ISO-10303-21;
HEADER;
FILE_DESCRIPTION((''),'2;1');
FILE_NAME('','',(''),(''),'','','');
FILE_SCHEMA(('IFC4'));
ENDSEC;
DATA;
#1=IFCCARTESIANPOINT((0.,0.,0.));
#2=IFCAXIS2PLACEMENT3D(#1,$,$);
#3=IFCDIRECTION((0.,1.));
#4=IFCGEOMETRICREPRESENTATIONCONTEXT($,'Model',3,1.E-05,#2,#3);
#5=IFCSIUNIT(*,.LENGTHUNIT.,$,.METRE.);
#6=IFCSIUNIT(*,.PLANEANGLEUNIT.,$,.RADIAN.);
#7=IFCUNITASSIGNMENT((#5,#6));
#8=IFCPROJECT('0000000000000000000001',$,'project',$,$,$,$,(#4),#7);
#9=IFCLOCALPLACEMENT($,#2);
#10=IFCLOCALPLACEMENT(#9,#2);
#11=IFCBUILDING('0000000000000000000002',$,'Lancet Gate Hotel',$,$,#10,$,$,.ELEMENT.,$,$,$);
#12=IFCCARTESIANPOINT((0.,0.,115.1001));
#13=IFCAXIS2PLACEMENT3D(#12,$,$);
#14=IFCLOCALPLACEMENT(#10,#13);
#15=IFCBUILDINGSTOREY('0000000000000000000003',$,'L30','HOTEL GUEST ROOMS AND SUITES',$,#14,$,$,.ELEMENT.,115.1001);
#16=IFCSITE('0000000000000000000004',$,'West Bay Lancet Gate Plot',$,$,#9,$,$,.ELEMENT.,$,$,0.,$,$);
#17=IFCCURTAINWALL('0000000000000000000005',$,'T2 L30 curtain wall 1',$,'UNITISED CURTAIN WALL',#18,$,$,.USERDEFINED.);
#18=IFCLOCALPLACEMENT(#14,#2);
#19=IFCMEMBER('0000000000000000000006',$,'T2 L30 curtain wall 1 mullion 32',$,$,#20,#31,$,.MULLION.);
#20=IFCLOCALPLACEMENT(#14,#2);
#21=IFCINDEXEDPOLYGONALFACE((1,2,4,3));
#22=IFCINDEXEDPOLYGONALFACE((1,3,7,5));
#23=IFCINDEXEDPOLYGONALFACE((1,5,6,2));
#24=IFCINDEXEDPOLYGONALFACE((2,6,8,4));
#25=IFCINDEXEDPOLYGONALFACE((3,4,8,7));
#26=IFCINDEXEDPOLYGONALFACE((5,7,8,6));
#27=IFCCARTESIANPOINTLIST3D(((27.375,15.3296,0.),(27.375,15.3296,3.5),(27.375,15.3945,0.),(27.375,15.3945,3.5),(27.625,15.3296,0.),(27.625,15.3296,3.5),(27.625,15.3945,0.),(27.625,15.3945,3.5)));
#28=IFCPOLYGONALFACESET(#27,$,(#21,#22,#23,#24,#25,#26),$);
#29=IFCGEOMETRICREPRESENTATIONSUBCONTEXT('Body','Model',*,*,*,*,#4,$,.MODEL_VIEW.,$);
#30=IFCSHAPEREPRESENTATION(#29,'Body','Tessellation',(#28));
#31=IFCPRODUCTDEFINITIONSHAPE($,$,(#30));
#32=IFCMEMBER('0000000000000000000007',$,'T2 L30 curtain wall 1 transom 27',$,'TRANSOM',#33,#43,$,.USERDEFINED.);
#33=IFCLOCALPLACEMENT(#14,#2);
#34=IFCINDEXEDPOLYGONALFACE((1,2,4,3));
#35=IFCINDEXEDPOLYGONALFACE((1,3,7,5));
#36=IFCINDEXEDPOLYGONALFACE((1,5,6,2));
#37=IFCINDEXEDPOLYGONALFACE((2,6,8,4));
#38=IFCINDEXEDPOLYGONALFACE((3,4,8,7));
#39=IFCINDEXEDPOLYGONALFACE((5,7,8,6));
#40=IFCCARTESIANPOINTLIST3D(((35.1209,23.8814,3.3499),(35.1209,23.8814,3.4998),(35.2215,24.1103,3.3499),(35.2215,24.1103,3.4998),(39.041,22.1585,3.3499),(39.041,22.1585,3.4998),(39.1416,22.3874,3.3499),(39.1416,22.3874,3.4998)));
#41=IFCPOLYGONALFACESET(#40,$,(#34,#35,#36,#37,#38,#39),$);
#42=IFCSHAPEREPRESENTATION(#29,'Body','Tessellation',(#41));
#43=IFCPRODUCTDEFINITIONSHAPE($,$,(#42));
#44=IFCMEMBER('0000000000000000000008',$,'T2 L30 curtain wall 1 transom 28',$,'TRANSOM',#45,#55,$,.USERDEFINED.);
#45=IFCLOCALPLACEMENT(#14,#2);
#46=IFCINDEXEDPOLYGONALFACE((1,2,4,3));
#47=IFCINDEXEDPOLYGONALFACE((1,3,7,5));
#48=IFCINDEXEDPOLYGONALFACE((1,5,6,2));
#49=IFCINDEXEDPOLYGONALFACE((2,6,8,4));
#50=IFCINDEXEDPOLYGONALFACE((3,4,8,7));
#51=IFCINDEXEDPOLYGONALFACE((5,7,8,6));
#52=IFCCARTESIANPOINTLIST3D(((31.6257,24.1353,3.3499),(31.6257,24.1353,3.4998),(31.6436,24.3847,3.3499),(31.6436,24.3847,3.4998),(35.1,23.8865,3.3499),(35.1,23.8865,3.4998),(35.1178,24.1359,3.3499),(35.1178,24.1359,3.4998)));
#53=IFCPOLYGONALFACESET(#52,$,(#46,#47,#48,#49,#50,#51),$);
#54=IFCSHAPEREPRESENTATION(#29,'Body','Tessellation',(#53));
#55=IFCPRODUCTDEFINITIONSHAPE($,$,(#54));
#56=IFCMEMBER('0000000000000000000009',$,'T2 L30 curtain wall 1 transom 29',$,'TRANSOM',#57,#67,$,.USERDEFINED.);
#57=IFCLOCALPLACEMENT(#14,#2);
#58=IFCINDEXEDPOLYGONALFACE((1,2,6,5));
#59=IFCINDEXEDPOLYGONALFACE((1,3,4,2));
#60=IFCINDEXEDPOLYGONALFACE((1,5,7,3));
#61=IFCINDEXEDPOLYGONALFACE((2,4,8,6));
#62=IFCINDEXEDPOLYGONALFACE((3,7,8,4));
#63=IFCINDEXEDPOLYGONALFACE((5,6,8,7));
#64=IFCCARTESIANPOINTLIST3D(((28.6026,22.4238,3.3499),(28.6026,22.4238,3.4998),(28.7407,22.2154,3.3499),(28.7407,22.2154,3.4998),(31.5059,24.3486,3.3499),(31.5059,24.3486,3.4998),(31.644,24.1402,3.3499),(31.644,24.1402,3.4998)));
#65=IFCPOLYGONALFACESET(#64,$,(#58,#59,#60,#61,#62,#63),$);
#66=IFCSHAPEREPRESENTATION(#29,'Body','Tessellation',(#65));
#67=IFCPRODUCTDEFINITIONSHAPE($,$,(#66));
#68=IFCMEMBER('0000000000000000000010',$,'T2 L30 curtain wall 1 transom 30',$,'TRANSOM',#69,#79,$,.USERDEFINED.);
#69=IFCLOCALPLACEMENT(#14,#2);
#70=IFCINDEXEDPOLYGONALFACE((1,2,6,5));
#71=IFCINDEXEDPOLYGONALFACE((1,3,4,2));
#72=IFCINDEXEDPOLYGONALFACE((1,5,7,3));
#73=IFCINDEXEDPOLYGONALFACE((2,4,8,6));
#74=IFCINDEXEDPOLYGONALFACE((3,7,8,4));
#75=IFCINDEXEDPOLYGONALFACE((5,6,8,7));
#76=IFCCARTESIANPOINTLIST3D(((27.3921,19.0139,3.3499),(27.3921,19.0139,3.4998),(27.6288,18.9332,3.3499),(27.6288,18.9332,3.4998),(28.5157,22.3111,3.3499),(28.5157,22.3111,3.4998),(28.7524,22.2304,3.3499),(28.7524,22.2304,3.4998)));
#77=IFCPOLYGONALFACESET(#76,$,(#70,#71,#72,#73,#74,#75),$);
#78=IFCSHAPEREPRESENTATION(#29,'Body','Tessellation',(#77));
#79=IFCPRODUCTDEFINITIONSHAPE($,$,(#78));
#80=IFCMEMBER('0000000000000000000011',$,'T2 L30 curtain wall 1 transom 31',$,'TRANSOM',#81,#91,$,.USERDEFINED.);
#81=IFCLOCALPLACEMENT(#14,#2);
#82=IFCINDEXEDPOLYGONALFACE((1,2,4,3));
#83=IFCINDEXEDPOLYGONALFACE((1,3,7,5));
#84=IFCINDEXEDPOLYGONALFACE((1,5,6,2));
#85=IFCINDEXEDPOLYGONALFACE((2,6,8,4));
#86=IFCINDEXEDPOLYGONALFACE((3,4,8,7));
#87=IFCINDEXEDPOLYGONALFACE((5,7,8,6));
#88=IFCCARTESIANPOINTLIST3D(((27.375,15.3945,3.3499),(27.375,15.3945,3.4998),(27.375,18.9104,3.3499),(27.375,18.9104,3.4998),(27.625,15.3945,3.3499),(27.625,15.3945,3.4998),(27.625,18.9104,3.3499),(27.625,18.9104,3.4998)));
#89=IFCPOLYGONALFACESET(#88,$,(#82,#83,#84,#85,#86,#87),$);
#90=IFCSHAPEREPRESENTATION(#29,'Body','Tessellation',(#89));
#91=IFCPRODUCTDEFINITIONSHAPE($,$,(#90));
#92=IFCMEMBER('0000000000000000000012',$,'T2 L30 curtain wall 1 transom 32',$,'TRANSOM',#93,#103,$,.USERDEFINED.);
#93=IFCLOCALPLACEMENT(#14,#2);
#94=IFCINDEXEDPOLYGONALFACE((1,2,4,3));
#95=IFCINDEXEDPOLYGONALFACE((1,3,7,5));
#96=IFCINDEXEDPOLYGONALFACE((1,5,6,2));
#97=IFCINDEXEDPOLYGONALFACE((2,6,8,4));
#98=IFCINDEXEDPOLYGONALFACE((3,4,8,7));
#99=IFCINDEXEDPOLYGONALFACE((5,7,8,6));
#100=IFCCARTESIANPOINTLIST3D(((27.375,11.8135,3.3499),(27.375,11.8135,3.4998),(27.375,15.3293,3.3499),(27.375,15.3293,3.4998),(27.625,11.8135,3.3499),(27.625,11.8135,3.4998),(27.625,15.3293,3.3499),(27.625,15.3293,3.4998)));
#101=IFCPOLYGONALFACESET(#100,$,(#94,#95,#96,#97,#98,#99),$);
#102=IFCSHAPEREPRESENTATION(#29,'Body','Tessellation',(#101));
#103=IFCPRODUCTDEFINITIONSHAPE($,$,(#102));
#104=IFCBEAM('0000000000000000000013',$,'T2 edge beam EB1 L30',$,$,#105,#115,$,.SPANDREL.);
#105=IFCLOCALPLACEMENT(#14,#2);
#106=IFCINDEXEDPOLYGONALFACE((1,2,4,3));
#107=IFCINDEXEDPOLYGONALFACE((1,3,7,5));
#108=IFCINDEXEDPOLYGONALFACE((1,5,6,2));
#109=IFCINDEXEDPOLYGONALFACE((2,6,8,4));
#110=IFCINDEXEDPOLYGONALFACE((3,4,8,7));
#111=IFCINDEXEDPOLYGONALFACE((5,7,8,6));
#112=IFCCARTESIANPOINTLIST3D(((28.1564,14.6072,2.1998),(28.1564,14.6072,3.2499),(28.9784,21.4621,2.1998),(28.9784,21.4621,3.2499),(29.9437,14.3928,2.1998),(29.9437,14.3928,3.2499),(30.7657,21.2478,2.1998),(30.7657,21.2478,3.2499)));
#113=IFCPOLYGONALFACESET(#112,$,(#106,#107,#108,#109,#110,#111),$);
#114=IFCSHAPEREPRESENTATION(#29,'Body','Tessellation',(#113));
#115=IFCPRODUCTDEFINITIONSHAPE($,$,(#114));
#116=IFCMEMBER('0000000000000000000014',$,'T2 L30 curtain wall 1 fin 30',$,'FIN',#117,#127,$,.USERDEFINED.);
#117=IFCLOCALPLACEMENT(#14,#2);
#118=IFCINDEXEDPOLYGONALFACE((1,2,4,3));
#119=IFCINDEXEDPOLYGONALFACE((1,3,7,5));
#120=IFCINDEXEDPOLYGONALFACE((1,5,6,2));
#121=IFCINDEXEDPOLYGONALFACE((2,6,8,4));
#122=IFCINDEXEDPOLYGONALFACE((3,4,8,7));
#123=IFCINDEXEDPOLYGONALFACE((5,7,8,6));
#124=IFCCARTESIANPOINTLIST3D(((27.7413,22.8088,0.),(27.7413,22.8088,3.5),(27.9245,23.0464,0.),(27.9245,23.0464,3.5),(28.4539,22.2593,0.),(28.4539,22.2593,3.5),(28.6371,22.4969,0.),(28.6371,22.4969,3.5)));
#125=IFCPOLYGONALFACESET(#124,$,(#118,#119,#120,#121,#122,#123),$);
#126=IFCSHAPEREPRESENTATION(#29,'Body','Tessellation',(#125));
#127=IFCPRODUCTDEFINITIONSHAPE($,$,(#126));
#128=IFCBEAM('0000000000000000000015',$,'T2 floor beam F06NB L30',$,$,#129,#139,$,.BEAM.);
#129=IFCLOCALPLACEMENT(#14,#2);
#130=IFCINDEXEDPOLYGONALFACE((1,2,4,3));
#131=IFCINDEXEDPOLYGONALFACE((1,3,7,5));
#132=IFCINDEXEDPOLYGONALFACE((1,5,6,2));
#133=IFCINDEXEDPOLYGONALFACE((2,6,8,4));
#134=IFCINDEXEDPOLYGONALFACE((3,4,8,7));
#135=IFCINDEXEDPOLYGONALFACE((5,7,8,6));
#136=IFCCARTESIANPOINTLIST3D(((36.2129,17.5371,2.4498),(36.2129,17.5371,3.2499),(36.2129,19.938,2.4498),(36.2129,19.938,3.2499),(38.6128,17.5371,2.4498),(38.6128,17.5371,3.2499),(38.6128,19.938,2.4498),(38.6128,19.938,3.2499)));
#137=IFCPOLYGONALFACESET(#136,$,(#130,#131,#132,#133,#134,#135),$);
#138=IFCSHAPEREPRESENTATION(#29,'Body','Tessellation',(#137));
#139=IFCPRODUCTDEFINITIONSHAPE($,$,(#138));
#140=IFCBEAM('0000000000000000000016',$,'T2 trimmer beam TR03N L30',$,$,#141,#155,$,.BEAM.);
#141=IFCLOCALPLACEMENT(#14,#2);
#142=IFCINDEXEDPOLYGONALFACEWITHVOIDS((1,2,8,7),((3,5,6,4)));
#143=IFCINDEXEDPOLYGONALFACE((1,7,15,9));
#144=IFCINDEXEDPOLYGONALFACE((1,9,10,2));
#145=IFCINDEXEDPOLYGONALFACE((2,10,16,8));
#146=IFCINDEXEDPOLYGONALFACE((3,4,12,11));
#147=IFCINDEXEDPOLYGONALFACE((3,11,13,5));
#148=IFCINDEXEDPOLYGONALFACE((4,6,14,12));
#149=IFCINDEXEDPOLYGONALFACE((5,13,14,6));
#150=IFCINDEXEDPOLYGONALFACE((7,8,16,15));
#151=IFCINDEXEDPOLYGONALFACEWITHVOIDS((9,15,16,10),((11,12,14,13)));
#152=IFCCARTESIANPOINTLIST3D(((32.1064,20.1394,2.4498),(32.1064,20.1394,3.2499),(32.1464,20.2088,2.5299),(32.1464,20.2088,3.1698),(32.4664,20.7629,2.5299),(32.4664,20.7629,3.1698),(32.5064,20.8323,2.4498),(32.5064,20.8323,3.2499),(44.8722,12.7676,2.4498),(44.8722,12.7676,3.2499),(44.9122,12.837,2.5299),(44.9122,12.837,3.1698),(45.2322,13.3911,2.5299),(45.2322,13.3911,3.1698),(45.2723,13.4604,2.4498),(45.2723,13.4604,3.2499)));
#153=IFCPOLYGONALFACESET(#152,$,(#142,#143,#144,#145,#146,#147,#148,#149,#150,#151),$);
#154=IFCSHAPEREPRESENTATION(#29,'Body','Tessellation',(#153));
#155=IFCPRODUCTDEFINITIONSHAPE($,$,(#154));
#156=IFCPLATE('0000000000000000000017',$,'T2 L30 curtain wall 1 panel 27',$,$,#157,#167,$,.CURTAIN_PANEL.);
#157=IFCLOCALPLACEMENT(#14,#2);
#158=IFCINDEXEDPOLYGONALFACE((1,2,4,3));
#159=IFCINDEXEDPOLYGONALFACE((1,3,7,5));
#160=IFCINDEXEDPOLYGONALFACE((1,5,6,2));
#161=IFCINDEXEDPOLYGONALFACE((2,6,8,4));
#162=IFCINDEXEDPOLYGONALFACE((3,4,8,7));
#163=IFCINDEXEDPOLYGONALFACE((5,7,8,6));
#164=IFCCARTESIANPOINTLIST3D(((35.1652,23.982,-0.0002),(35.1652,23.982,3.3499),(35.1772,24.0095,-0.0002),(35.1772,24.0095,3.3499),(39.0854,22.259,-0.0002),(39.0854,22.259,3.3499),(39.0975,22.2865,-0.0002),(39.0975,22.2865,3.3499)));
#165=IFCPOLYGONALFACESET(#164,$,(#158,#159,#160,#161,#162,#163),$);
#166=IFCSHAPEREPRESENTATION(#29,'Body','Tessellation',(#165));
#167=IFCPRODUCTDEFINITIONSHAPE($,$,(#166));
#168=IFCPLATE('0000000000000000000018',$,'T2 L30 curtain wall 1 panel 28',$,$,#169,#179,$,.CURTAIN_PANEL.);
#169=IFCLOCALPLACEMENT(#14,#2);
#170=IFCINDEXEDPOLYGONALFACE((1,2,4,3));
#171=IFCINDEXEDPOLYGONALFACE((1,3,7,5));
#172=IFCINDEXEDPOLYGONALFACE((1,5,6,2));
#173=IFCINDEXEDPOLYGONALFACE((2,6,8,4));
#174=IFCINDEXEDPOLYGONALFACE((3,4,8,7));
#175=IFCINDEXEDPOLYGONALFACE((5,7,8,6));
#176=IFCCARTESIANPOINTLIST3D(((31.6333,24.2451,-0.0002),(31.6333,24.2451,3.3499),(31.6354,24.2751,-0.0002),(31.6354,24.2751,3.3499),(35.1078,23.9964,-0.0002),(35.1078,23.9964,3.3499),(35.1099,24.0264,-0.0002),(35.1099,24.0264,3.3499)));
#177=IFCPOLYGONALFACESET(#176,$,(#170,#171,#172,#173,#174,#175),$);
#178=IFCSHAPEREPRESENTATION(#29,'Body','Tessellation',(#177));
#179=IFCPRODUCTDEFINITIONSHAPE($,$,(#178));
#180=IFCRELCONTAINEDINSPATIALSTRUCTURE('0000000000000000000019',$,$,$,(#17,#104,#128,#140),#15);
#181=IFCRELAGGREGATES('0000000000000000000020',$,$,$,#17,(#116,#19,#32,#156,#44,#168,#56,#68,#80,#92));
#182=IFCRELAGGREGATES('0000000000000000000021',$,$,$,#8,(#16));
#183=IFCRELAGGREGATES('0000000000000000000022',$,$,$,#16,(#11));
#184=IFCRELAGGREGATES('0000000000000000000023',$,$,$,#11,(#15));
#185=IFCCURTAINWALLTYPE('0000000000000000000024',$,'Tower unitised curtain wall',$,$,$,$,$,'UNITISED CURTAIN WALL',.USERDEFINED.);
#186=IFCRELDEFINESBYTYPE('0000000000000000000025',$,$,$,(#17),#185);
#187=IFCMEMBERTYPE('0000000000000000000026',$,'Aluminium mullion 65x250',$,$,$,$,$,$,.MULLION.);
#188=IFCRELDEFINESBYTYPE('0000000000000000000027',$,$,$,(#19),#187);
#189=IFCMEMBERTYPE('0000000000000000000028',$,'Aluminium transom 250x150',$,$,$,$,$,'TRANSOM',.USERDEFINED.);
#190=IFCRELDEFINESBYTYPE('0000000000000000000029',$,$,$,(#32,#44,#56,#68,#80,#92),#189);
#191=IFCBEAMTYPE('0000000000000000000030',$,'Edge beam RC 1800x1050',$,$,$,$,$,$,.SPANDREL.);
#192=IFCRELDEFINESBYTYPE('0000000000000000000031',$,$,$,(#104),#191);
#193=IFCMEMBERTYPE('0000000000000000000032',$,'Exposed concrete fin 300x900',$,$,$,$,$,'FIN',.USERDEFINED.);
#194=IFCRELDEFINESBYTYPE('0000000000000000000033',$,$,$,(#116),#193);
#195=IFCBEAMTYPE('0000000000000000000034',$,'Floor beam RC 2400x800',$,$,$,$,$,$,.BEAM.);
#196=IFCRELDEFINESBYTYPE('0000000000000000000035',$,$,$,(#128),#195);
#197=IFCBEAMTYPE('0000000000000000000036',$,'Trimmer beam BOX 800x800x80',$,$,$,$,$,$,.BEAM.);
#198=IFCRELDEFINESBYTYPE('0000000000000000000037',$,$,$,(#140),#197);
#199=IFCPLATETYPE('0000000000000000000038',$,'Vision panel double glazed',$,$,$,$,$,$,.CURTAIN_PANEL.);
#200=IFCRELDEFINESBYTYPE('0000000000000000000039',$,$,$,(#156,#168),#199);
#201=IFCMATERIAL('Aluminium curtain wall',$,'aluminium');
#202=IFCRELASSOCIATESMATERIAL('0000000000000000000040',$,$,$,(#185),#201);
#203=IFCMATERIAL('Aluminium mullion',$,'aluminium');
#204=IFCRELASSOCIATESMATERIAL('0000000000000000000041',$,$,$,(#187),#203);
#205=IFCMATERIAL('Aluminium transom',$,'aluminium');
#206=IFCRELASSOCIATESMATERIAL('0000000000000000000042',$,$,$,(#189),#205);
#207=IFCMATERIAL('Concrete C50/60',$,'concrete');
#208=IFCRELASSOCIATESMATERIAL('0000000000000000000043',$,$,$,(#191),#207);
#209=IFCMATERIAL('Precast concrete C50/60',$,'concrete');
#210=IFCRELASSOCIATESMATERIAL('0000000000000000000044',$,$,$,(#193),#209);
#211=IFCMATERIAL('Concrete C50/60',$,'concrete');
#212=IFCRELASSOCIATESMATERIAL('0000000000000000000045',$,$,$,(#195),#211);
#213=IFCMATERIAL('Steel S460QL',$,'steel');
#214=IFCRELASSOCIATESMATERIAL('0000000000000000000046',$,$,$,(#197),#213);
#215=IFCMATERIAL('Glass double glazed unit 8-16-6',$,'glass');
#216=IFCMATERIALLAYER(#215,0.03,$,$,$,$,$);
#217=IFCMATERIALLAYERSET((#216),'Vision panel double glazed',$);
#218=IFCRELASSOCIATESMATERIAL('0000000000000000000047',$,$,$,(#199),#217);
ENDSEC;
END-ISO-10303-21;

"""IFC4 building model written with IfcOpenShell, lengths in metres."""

from ifc_helpers import new_model, si_unit, direction, frame, origin, origin_2d, place, context, subcontext, project, spatial, rectangle, hollow_rectangle, extrude, material, layer, layer_set, material_profile, profile_set, type_object, element, aggregate, save


model = new_model("IFC4")

# Units and contexts
model_context = context("Model", 3, precision=1e-05, world=origin(), true_north=direction((0.0, 1.0)))
body_context = subcontext(model_context, "Body", "Model", "MODEL_VIEW")
ifc_project = project(units=[si_unit("LENGTHUNIT", "METRE"), si_unit("PLANEANGLEUNIT", "RADIAN")], contexts=[model_context])

# Site, building, storey
site_placement = place(None, origin())
site = spatial("IfcSite", under=ifc_project, at=site_placement, Name="West Bay Lancet Gate Plot", CompositionType="ELEMENT", RefElevation=0.0)
building_placement = place(site_placement, origin())
building = spatial("IfcBuilding", under=site, at=building_placement, Name="Lancet Gate Hotel", CompositionType="ELEMENT")
storey_placement = place(building_placement, frame((0.0, 0.0, 115.1001)))
storey = spatial("IfcBuildingStorey", under=building, at=storey_placement, Name="L30", Description="HOTEL GUEST ROOMS AND SUITES", CompositionType="ELEMENT", Elevation=115.1001)

# Curtain wall, members
ifc_material_1 = material(Name="Aluminium curtain wall", Category="aluminium")
curtain_wall_type = type_object("IfcCurtainWallType", Name="Tower unitised curtain wall", ElementType="UNITISED CURTAIN WALL", PredefinedType="USERDEFINED", material=ifc_material_1)
curtain_wall_placement = place(storey_placement, origin())
curtain_wall = element("IfcCurtainWall", 1, at=curtain_wall_placement, inside=storey, type_object=curtain_wall_type, Name="T2 L30 curtain wall 1", ObjectType="UNITISED CURTAIN WALL", PredefinedType="USERDEFINED")
ifc_material_2 = material(Name="Aluminium mullion", Category="aluminium")
ifc_material_profile_1 = material_profile(ifc_material_2, rectangle(XDim=0.0649, YDim=0.25, at=origin_2d()), Name="MULLION 65x250")
ifc_profile_set_1 = profile_set([ifc_material_profile_1], Name="Aluminium mullion")
member_type_1 = type_object("IfcMemberType", Name="Aluminium mullion 65x250", PredefinedType="MULLION", material=ifc_profile_set_1)
member_1_placement = place(storey_placement, frame((27.5, 15.3621, 0.0), z_axis=(0.0, 0.0, 1.0), x_axis=(0.0, -1.0, 0.0)))
member_1 = element("IfcMember", 2, at=member_1_placement, type_object=member_type_1, Name="T2 L30 curtain wall 1 mullion 32", PredefinedType="MULLION", context=body_context, shape_type="SweptSolid", body=[
    extrude(rectangle(XDim=0.0649, YDim=0.25, at=origin_2d()), origin(), (0.0, 0.0, 1.0), 3.5),
])
ifc_material_3 = material(Name="Aluminium transom", Category="aluminium")
ifc_material_profile_2 = material_profile(ifc_material_3, rectangle(XDim=0.25, YDim=0.1499, at=origin_2d()), Name="TRANSOM 250x150")
ifc_profile_set_2 = profile_set([ifc_material_profile_2], Name="Aluminium transom")
member_type_2 = type_object("IfcMemberType", Name="Aluminium transom 250x150", ElementType="TRANSOM", PredefinedType="USERDEFINED", material=ifc_profile_set_2)
member_2_placement = place(storey_placement, frame((39.0913, 22.2729, 3.4248), z_axis=(-0.915485, 0.402353, 0.0), x_axis=(-0.402353, -0.915485, 0.0)))
member_2 = element("IfcMember", 3, at=member_2_placement, type_object=member_type_2, Name="T2 L30 curtain wall 1 transom 27", ObjectType="TRANSOM", PredefinedType="USERDEFINED", context=body_context, shape_type="SweptSolid", body=[
    extrude(rectangle(XDim=0.25, YDim=0.1499, at=origin_2d()), origin(), (0.0, 0.0, 1.0), 4.282),
])
member_3_placement = place(storey_placement, frame((35.1089, 24.0112, 3.4248), z_axis=(-0.997446, 0.071421, 0.0), x_axis=(-0.071421, -0.997446, 0.0)))
member_3 = element("IfcMember", 4, at=member_3_placement, type_object=member_type_2, Name="T2 L30 curtain wall 1 transom 28", ObjectType="TRANSOM", PredefinedType="USERDEFINED", context=body_context, shape_type="SweptSolid", body=[
    extrude(rectangle(XDim=0.25, YDim=0.1499, at=origin_2d()), origin(), (0.0, 0.0, 1.0), 3.4832),
])
member_4_placement = place(storey_placement, frame((31.575, 24.2444, 3.4248), z_axis=(-0.833471, -0.552563, 0.0), x_axis=(0.552563, -0.833471, 0.0)))
member_4 = element("IfcMember", 5, at=member_4_placement, type_object=member_type_2, Name="T2 L30 curtain wall 1 transom 29", ObjectType="TRANSOM", PredefinedType="USERDEFINED", context=body_context, shape_type="SweptSolid", body=[
    extrude(rectangle(XDim=0.25, YDim=0.1499, at=origin_2d()), origin(), (0.0, 0.0, 1.0), 3.4834),
])
member_5_placement = place(storey_placement, frame((28.634, 22.2708, 3.4248), z_axis=(-0.32255, -0.946553, 0.0), x_axis=(0.946553, -0.32255, 0.0)))
member_5 = element("IfcMember", 6, at=member_5_placement, type_object=member_type_2, Name="T2 L30 curtain wall 1 transom 30", ObjectType="TRANSOM", PredefinedType="USERDEFINED", context=body_context, shape_type="SweptSolid", body=[
    extrude(rectangle(XDim=0.25, YDim=0.1499, at=origin_2d()), origin(), (0.0, 0.0, 1.0), 3.4834),
])
member_6_placement = place(storey_placement, frame((27.5, 18.9104, 3.4248), z_axis=(0.0, -1.0, 0.0), x_axis=(1.0, 0.0, 0.0)))
member_6 = element("IfcMember", 7, at=member_6_placement, type_object=member_type_2, Name="T2 L30 curtain wall 1 transom 31", ObjectType="TRANSOM", PredefinedType="USERDEFINED", context=body_context, shape_type="SweptSolid", body=[
    extrude(rectangle(XDim=0.25, YDim=0.1499, at=origin_2d()), origin(), (0.0, 0.0, 1.0), 3.5159),
])
member_7_placement = place(storey_placement, frame((27.5, 15.3293, 3.4248), z_axis=(0.0, -1.0, 0.0), x_axis=(1.0, 0.0, 0.0)))
member_7 = element("IfcMember", 8, at=member_7_placement, type_object=member_type_2, Name="T2 L30 curtain wall 1 transom 32", ObjectType="TRANSOM", PredefinedType="USERDEFINED", context=body_context, shape_type="SweptSolid", body=[
    extrude(rectangle(XDim=0.25, YDim=0.1499, at=origin_2d()), origin(), (0.0, 0.0, 1.0), 3.5159),
])

# Beam
ifc_material_4 = material(Name="Concrete C50/60", Category="concrete")
ifc_material_profile_3 = material_profile(ifc_material_4, rectangle(XDim=1.8, YDim=1.05, at=origin_2d()), Name="RC 1800x1050")
ifc_profile_set_3 = profile_set([ifc_material_profile_3], Name="Concrete C50/60")
beam_type_1 = type_object("IfcBeamType", Name="Edge beam RC 1800x1050", PredefinedType="SPANDREL", material=ifc_profile_set_3)
beam_1_placement = place(storey_placement, frame((29.05, 14.5, 2.7249), z_axis=(0.119063, 0.992887, 0.0), x_axis=(-0.992887, 0.119063, 0.0)))
element("IfcBeam", 9, at=beam_1_placement, inside=storey, type_object=beam_type_1, Name="T2 edge beam EB1 L30", PredefinedType="SPANDREL", context=body_context, shape_type="SweptSolid", body=[
    extrude(rectangle(XDim=1.8, YDim=1.05, at=origin_2d()), origin(), (0.0, 0.0, 1.0), 6.9041),
])

# Member
ifc_material_5 = material(Name="Precast concrete C50/60", Category="concrete")
ifc_material_profile_4 = material_profile(ifc_material_5, rectangle(XDim=0.3, YDim=0.8999, at=origin_2d()), Name="FIN 300x900")
ifc_profile_set_4 = profile_set([ifc_material_profile_4], Name="Precast concrete C50/60")
member_type_3 = type_object("IfcMemberType", Name="Exposed concrete fin 300x900", ElementType="FIN", PredefinedType="USERDEFINED", material=ifc_profile_set_4)
member_8_placement = place(storey_placement, frame((28.1892, 22.6528, 0.0), z_axis=(0.0, 0.0, 1.0), x_axis=(-0.610664, -0.79189, 0.0)))
member_8 = element("IfcMember", 10, at=member_8_placement, type_object=member_type_3, Name="T2 L30 curtain wall 1 fin 30", ObjectType="FIN", PredefinedType="USERDEFINED", context=body_context, shape_type="SweptSolid", body=[
    extrude(rectangle(XDim=0.3, YDim=0.8999, at=origin_2d()), origin(), (0.0, 0.0, 1.0), 3.5),
])

# Beams
ifc_material_6 = material(Name="Concrete C50/60", Category="concrete")
ifc_material_profile_5 = material_profile(ifc_material_6, rectangle(XDim=2.3999, YDim=0.8, at=origin_2d()), Name="RC 2400x800")
ifc_profile_set_5 = profile_set([ifc_material_profile_5], Name="Concrete C50/60")
beam_type_2 = type_object("IfcBeamType", Name="Floor beam RC 2400x800", PredefinedType="BEAM", material=ifc_profile_set_5)
beam_2_placement = place(storey_placement, frame((37.4128, 17.5371, 2.8499), z_axis=(0.0, 1.0, 0.0), x_axis=(-1.0, 0.0, 0.0)))
element("IfcBeam", 11, at=beam_2_placement, inside=storey, type_object=beam_type_2, Name="T2 floor beam F06NB L30", PredefinedType="BEAM", context=body_context, shape_type="SweptSolid", body=[
    extrude(rectangle(XDim=2.3999, YDim=0.8, at=origin_2d()), origin(), (0.0, 0.0, 1.0), 2.4009),
])
ifc_material_7 = material(Name="Steel S460QL", Category="steel")
ifc_material_profile_6 = material_profile(ifc_material_7, hollow_rectangle(XDim=0.8, YDim=0.8, WallThickness=0.0801, at=origin_2d()), Name="BOX 800x800x80")
ifc_profile_set_6 = profile_set([ifc_material_profile_6], Name="Steel S460QL")
beam_type_3 = type_object("IfcBeamType", Name="Trimmer beam BOX 800x800x80", PredefinedType="BEAM", material=ifc_profile_set_6)
beam_3_placement = place(storey_placement, frame((32.3064, 20.4858, 2.8499), z_axis=(0.865983, -0.500074, 0.0), x_axis=(0.500074, 0.865983, 0.0)))
element("IfcBeam", 12, at=beam_3_placement, inside=storey, type_object=beam_type_3, Name="T2 trimmer beam TR03N L30", PredefinedType="BEAM", context=body_context, shape_type="SweptSolid", body=[
    extrude(hollow_rectangle(XDim=0.8, YDim=0.8, WallThickness=0.0801, at=origin_2d()), origin(), (0.0, 0.0, 1.0), 14.7415),
])

# Plates
ifc_material_8 = material(Name="Glass double glazed unit 8-16-6", Category="glass")
ifc_layer_1 = layer(ifc_material_8, 0.03)
ifc_layer_set_1 = layer_set([ifc_layer_1], Name="Vision panel double glazed")
plate_type = type_object("IfcPlateType", Name="Vision panel double glazed", PredefinedType="CURTAIN_PANEL", material=ifc_layer_set_1)
plate_1_placement = place(storey_placement, frame((37.1313, 23.1343, -0.0002), z_axis=(0.0, 0.0, 1.0), x_axis=(-0.915479, 0.402367, 0.0)))
plate_1 = element("IfcPlate", 13, at=plate_1_placement, type_object=plate_type, Name="T2 L30 curtain wall 1 panel 27", PredefinedType="CURTAIN_PANEL", context=body_context, shape_type="SweptSolid", body=[
    extrude(rectangle(XDim=4.2822, YDim=0.03, at=origin_2d()), origin(), (0.0, 0.0, 1.0), 3.3501),
])
plate_2_placement = place(storey_placement, frame((33.3716, 24.1357, -0.0002), z_axis=(0.0, 0.0, 1.0), x_axis=(-0.997448, 0.07139, 0.0)))
plate_2 = element("IfcPlate", 14, at=plate_2_placement, type_object=plate_type, Name="T2 L30 curtain wall 1 panel 28", PredefinedType="CURTAIN_PANEL", context=body_context, shape_type="SweptSolid", body=[
    extrude(rectangle(XDim=3.4834, YDim=0.03, at=origin_2d()), origin(), (0.0, 0.0, 1.0), 3.3501),
])
aggregate(curtain_wall, [member_8, member_1, member_2, plate_1, member_3, plate_2, member_4, member_5, member_6, member_7])

save(model, "model.ifc")
